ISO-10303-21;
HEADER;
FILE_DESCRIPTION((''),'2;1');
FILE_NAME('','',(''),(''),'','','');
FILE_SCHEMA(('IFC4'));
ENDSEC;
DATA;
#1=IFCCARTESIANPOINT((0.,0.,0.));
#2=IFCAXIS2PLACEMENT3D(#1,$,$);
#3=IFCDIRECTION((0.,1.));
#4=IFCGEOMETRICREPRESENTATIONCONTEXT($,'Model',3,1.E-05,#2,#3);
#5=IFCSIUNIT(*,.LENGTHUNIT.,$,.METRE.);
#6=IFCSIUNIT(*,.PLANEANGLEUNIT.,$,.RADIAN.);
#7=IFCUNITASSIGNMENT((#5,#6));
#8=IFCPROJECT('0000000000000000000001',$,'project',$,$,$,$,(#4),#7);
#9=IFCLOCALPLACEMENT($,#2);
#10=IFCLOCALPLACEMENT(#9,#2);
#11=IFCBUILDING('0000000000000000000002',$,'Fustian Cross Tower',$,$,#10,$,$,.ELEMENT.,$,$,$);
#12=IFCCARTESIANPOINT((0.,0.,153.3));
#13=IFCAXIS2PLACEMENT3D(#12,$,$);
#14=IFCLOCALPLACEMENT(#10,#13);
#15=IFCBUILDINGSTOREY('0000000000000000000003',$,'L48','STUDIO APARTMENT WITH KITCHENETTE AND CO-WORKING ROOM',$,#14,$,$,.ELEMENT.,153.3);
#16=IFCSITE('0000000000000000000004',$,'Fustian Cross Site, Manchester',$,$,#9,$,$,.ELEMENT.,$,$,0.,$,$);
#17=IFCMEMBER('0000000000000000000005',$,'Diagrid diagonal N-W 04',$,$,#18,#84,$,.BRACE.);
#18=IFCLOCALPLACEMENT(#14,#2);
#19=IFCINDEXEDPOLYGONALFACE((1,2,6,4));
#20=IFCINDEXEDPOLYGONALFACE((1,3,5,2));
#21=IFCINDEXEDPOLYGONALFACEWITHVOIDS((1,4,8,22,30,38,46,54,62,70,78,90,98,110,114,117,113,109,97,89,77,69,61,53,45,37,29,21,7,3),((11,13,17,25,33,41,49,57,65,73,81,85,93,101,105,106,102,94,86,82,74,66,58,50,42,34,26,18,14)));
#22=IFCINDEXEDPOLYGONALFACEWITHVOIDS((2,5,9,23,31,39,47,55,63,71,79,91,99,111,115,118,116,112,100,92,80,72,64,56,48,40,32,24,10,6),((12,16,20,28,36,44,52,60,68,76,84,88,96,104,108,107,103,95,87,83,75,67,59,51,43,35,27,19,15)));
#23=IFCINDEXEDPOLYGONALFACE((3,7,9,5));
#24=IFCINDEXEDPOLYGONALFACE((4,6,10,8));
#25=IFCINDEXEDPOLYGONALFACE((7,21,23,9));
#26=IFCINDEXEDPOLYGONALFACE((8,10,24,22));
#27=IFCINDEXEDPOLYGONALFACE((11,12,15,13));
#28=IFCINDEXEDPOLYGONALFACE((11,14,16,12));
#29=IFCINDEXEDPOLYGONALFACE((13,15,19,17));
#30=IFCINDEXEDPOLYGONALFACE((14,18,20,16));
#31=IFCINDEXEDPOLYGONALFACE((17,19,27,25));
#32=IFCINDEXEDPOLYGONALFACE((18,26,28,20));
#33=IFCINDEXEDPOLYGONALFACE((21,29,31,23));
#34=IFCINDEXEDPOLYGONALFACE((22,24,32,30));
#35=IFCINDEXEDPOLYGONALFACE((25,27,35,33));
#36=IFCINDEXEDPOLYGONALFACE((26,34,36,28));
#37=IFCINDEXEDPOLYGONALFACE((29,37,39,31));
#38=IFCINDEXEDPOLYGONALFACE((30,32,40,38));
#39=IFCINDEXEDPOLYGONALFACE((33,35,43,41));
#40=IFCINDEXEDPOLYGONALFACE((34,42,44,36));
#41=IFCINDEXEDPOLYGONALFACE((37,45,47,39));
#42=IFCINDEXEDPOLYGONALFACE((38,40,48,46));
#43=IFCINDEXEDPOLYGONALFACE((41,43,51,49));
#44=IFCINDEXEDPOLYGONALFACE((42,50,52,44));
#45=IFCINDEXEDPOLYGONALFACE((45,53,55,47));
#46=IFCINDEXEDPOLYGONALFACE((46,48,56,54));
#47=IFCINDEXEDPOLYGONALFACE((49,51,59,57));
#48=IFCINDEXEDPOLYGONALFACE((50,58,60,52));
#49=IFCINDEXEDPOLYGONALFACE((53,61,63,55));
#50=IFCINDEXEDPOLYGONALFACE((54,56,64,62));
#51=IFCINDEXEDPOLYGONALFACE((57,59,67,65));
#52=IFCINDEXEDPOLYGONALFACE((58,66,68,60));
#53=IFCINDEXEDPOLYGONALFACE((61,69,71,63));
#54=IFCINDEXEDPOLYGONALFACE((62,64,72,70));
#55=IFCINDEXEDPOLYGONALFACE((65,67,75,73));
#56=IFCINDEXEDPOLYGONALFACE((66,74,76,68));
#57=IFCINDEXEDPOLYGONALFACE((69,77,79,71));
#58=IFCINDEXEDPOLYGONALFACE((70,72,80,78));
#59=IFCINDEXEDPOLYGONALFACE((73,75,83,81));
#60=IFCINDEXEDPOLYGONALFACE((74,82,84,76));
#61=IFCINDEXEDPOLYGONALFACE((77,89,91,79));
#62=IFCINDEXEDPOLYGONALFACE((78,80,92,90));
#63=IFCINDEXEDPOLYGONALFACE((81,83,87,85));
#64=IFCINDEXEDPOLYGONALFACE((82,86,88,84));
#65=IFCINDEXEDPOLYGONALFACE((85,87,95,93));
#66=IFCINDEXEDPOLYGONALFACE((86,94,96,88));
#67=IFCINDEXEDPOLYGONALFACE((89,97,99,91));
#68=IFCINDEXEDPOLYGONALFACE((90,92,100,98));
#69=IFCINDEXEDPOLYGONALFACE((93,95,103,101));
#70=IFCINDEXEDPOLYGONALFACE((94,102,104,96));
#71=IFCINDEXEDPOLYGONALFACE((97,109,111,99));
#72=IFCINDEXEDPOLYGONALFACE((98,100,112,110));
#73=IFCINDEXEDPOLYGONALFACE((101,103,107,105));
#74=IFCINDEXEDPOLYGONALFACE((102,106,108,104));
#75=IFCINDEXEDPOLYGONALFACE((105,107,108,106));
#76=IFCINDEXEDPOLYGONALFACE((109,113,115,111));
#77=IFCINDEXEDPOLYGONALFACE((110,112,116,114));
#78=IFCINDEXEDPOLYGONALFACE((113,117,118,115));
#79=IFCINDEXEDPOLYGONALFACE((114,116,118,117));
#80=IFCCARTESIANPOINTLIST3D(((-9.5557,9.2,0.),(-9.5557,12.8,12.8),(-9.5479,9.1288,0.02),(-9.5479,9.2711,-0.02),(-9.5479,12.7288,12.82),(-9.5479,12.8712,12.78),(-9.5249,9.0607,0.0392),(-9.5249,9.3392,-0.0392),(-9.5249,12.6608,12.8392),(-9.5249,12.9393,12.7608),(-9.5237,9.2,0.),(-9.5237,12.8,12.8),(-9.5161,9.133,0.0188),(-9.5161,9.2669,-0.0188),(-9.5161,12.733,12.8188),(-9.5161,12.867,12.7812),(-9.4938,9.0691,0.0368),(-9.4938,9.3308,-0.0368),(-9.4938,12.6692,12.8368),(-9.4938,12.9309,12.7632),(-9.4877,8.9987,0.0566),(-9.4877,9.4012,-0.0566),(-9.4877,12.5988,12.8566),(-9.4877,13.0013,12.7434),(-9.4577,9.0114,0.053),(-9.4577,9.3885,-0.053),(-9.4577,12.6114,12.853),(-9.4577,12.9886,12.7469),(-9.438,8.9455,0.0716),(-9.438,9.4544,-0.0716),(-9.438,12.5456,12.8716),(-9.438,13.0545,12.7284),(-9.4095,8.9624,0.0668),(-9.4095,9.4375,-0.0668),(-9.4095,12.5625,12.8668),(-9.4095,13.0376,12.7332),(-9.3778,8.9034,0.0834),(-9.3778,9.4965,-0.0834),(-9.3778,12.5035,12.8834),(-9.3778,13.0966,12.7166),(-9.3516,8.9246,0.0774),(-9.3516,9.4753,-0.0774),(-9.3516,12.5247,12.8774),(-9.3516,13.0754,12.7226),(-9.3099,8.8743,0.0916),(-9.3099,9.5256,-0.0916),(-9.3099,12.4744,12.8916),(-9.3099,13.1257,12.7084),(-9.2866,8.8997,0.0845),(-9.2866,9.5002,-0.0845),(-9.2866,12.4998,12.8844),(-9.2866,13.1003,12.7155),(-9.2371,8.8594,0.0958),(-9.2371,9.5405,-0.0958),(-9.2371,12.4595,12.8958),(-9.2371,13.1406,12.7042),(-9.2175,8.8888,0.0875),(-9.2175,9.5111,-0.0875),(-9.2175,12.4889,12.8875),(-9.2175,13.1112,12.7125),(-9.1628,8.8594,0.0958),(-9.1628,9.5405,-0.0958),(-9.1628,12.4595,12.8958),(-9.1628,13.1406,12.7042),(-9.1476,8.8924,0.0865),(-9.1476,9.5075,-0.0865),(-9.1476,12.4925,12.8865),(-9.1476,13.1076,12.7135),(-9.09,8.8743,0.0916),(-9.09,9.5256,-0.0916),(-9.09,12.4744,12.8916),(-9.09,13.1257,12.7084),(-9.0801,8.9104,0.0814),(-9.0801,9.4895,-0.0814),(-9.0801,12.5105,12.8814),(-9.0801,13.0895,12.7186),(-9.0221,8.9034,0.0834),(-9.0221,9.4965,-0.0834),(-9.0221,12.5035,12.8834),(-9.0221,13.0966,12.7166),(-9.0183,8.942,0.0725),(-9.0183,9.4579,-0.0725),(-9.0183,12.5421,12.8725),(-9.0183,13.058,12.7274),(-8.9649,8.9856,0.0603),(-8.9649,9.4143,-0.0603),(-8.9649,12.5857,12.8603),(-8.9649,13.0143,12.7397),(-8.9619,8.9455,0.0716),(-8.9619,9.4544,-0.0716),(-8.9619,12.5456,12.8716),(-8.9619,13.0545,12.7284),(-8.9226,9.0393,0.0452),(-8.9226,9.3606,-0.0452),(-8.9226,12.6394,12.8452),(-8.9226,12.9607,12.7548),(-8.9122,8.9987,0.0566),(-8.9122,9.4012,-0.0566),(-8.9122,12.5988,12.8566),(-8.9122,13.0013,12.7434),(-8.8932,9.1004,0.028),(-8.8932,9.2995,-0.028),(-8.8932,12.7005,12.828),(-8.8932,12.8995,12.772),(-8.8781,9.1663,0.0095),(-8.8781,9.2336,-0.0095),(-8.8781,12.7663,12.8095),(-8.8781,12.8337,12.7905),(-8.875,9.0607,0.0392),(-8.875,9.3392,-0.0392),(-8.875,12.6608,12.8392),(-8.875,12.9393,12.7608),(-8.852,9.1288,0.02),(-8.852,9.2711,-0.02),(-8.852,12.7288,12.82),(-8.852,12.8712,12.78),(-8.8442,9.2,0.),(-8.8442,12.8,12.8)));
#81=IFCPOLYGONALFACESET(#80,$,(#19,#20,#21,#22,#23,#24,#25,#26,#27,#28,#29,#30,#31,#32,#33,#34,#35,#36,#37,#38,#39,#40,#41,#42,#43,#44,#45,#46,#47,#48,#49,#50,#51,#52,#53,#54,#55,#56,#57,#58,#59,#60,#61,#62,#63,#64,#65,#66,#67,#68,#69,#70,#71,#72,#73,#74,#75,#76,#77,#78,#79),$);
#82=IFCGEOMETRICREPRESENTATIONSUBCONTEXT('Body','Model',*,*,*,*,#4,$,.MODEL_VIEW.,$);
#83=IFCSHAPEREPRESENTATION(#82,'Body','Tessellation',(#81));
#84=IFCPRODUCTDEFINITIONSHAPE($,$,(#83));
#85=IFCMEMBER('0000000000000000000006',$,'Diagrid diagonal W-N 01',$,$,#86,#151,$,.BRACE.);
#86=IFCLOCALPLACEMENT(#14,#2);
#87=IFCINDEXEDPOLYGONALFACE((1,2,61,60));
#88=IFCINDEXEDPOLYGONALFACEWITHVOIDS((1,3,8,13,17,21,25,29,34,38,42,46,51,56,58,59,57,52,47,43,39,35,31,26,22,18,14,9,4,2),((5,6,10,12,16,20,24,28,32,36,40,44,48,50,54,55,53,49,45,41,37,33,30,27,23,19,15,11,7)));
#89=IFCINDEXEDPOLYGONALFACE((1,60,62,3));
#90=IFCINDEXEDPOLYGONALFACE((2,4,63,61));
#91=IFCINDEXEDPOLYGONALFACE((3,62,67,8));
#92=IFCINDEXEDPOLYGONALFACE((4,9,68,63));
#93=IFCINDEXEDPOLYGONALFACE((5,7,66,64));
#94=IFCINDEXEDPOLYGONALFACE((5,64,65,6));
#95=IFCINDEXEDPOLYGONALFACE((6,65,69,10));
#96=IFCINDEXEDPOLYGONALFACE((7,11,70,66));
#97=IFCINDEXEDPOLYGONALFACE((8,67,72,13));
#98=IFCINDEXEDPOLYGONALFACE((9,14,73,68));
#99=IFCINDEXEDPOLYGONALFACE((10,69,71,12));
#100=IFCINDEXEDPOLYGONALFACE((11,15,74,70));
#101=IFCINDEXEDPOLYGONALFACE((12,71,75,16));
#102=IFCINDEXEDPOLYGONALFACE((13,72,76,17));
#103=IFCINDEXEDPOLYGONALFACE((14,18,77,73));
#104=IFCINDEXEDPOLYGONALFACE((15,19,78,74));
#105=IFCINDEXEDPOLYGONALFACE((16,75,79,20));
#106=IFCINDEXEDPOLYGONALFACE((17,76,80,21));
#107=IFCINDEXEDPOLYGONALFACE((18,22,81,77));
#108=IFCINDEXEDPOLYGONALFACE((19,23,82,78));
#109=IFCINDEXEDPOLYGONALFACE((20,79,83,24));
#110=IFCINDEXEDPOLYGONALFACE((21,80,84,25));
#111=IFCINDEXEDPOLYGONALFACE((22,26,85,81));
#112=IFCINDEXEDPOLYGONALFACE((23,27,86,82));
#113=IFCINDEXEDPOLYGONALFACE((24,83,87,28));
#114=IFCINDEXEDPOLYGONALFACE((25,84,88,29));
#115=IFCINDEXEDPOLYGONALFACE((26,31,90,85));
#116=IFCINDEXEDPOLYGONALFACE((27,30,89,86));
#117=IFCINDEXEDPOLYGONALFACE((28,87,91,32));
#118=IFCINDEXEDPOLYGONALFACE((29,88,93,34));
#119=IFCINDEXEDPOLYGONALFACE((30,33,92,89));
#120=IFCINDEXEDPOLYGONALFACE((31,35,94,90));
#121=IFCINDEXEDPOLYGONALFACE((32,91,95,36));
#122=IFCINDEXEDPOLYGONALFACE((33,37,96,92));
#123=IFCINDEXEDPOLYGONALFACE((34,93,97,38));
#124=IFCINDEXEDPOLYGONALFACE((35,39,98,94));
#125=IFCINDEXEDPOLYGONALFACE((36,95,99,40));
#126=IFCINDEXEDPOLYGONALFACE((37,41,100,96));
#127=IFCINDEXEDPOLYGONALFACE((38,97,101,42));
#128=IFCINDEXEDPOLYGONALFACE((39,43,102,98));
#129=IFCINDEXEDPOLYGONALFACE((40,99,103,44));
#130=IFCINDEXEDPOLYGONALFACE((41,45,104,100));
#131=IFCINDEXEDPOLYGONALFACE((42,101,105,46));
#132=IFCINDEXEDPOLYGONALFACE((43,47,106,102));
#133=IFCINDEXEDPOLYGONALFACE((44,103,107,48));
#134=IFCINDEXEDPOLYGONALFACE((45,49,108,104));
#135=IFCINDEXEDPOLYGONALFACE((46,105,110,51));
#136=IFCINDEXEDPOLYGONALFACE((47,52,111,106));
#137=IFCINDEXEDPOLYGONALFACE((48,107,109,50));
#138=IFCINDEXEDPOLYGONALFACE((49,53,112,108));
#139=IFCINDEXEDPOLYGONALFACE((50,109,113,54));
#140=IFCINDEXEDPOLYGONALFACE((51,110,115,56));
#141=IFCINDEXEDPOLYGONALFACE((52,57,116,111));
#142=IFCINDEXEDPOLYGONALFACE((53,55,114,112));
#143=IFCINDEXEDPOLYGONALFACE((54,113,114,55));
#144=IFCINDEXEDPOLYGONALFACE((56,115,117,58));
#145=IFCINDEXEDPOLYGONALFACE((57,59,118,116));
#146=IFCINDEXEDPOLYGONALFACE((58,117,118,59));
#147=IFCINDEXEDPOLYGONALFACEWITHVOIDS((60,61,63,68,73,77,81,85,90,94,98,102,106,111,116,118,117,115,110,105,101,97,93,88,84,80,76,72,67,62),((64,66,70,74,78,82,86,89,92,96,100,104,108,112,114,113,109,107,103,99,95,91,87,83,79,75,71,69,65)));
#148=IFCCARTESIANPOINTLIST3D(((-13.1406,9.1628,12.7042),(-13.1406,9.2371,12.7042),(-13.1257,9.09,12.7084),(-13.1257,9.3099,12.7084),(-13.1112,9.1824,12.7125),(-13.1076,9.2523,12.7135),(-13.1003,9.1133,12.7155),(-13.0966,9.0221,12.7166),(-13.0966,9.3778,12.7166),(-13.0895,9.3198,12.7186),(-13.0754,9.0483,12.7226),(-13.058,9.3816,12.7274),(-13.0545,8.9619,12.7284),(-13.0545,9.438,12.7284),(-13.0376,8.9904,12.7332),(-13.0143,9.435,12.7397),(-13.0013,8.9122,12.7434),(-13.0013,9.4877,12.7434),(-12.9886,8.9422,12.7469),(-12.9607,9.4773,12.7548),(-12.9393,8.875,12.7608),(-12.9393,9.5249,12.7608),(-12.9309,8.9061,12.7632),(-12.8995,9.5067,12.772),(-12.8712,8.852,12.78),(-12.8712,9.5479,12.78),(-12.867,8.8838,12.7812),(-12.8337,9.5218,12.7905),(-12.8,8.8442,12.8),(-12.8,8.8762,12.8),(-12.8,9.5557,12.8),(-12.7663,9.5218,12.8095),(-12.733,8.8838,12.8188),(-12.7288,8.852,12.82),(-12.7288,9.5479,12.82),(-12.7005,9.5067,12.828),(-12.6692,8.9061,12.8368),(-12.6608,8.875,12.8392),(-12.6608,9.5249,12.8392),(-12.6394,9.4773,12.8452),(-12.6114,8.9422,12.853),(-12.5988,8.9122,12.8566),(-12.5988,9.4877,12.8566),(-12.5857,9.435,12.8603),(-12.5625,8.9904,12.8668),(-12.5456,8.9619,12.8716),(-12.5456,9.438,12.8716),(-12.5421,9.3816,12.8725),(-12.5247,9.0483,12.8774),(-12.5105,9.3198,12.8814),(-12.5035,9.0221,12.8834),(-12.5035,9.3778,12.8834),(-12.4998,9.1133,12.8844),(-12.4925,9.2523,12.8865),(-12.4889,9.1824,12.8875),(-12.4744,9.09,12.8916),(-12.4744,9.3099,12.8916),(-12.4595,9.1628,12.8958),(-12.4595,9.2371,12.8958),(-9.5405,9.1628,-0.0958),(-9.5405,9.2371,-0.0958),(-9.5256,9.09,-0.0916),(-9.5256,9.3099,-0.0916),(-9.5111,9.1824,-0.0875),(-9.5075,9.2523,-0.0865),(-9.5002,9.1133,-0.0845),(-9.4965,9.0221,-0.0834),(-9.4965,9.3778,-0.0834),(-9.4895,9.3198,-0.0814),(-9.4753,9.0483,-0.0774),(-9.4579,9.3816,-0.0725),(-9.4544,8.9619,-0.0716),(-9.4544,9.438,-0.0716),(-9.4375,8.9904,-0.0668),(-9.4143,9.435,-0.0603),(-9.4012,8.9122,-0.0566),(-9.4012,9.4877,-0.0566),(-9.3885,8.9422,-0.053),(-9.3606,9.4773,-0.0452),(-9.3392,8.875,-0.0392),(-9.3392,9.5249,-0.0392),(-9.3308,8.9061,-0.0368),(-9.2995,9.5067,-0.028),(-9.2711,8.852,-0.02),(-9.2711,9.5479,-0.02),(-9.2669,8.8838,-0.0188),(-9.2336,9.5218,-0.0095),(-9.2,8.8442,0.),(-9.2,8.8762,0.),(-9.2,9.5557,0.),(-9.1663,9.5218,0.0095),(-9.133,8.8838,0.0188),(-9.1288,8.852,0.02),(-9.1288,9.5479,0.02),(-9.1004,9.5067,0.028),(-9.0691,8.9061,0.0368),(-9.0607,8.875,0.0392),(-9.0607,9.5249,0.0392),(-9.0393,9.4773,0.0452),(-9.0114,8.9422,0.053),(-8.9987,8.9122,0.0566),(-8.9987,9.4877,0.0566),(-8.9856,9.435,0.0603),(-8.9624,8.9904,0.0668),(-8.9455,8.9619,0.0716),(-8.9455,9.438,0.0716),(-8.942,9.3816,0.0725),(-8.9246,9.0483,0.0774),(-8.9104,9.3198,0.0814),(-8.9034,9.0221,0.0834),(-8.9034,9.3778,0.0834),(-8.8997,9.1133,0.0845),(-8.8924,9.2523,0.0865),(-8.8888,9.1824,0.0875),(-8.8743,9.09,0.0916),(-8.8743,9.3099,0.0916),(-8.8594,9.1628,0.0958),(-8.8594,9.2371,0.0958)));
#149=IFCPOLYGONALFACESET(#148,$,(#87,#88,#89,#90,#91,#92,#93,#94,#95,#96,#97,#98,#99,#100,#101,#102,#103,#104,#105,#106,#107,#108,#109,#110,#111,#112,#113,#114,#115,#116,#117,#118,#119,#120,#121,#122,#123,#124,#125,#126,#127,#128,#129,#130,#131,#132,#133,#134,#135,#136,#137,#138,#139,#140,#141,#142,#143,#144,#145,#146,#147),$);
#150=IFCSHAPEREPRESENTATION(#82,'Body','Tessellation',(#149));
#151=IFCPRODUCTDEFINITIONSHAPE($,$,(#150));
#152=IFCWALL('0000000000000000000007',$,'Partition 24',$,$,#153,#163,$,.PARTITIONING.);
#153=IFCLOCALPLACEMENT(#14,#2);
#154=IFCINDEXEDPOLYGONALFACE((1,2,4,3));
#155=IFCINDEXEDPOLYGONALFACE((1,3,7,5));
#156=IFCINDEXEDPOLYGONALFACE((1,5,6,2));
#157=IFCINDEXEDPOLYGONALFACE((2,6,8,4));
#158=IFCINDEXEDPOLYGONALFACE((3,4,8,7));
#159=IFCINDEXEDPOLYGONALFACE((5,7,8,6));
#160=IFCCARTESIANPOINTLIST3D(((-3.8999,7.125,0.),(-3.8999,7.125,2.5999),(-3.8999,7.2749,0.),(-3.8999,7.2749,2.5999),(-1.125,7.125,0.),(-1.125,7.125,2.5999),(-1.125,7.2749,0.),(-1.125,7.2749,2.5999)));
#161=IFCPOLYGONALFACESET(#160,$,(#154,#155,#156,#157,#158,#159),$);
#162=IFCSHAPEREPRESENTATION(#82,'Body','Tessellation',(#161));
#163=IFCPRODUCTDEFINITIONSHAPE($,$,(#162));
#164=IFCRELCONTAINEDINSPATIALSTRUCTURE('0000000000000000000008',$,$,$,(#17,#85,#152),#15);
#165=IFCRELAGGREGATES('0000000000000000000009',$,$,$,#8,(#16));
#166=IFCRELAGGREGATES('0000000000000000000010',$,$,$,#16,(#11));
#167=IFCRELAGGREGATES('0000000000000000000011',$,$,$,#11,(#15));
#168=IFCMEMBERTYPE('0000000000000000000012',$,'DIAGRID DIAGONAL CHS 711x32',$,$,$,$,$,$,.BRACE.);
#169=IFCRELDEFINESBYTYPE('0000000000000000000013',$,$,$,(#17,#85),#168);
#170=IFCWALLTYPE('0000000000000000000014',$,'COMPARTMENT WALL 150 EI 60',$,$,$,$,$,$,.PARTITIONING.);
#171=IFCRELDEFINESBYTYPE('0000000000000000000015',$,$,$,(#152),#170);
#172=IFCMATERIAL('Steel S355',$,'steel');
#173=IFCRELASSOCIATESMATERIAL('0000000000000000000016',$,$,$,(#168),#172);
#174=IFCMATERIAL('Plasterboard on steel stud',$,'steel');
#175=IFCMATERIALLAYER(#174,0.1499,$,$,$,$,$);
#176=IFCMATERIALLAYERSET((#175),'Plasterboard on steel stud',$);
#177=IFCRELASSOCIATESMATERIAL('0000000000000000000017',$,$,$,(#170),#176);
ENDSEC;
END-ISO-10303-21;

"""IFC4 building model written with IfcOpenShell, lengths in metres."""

from ifc_helpers import new_model, si_unit, direction, frame, frame_2d, origin, origin_2d, place, context, subcontext, project, spatial, rectangle, hollow_circle, extrude, material, layer, layer_set, material_profile, profile_set, type_object, element, save


model = new_model("IFC4")

# Units and contexts
model_context = context("Model", 3, precision=1e-05, world=origin(), true_north=direction((0.0, 1.0)))
body_context = subcontext(model_context, "Body", "Model", "MODEL_VIEW")
ifc_project = project(units=[si_unit("LENGTHUNIT", "METRE"), si_unit("PLANEANGLEUNIT", "RADIAN")], contexts=[model_context])

# Site, building, storey
site_placement = place(None, origin())
site = spatial("IfcSite", under=ifc_project, at=site_placement, Name="Fustian Cross Site, Manchester", CompositionType="ELEMENT", RefElevation=0.0)
building_placement = place(site_placement, origin())
building = spatial("IfcBuilding", under=site, at=building_placement, Name="Fustian Cross Tower", CompositionType="ELEMENT")
storey_placement = place(building_placement, frame((0.0, 0.0, 153.3)))
storey = spatial("IfcBuildingStorey", under=building, at=storey_placement, Name="L48", Description="STUDIO APARTMENT WITH KITCHENETTE AND CO-WORKING ROOM", CompositionType="ELEMENT", Elevation=153.3)

# Members
ifc_material_1 = material(Name="Steel S355", Category="steel")
ifc_material_profile = material_profile(ifc_material_1, hollow_circle(Radius=0.3557, WallThickness=0.032, at=origin_2d()), Name="CHS 711x32")
ifc_profile_set = profile_set([ifc_material_profile], Name="Steel S355")
member_type = type_object("IfcMemberType", Name="DIAGRID DIAGONAL CHS 711x32", PredefinedType="BRACE", material=ifc_profile_set)
for number, where, z_axis, x_axis, name in (
    (1, (-9.2, 9.2, 0.0), (0.0, 0.270751, 0.962649), (-1.0, 0.0, 0.0), "Diagrid diagonal N-W 04"),
    (2, (-9.2, 9.2, 0.0), (-0.270751, 0.0, 0.962649), (0.0, -1.0, 0.0), "Diagrid diagonal W-N 01"),
):
    element("IfcMember", number, at=place(storey_placement, frame(where, z_axis=z_axis, x_axis=x_axis)), inside=storey, type_object=member_type, Name=name, PredefinedType="BRACE", context=body_context, shape_type="SweptSolid", body=[
        extrude(hollow_circle(Radius=0.3557, WallThickness=0.032, at=origin_2d()), origin(), (0.0, 0.0, 1.0), 13.2966),
    ])

# Wall
ifc_material_2 = material(Name="Plasterboard on steel stud", Category="steel")
ifc_layer_1 = layer(ifc_material_2, 0.1499)
ifc_layer_set_1 = layer_set([ifc_layer_1], Name="Plasterboard on steel stud")
wall_type_1 = type_object("IfcWallType", Name="COMPARTMENT WALL 150 EI 60", PredefinedType="PARTITIONING", material=ifc_layer_set_1)
wall_1_placement = place(storey_placement, frame((-3.8999, 7.2, 0.0), z_axis=(0.0, 0.0, 1.0), x_axis=(1.0, 0.0, 0.0)))
element("IfcWall", 3, at=wall_1_placement, inside=storey, type_object=wall_type_1, Name="Partition 24", PredefinedType="PARTITIONING", context=body_context, shape_type="SweptSolid", body=[
    extrude(rectangle(XDim=2.7749, YDim=0.1499, at=frame_2d((1.3875, 0.0))), origin(), (0.0, 0.0, 1.0), 2.5999),
])

save(model, "model.ifc")
